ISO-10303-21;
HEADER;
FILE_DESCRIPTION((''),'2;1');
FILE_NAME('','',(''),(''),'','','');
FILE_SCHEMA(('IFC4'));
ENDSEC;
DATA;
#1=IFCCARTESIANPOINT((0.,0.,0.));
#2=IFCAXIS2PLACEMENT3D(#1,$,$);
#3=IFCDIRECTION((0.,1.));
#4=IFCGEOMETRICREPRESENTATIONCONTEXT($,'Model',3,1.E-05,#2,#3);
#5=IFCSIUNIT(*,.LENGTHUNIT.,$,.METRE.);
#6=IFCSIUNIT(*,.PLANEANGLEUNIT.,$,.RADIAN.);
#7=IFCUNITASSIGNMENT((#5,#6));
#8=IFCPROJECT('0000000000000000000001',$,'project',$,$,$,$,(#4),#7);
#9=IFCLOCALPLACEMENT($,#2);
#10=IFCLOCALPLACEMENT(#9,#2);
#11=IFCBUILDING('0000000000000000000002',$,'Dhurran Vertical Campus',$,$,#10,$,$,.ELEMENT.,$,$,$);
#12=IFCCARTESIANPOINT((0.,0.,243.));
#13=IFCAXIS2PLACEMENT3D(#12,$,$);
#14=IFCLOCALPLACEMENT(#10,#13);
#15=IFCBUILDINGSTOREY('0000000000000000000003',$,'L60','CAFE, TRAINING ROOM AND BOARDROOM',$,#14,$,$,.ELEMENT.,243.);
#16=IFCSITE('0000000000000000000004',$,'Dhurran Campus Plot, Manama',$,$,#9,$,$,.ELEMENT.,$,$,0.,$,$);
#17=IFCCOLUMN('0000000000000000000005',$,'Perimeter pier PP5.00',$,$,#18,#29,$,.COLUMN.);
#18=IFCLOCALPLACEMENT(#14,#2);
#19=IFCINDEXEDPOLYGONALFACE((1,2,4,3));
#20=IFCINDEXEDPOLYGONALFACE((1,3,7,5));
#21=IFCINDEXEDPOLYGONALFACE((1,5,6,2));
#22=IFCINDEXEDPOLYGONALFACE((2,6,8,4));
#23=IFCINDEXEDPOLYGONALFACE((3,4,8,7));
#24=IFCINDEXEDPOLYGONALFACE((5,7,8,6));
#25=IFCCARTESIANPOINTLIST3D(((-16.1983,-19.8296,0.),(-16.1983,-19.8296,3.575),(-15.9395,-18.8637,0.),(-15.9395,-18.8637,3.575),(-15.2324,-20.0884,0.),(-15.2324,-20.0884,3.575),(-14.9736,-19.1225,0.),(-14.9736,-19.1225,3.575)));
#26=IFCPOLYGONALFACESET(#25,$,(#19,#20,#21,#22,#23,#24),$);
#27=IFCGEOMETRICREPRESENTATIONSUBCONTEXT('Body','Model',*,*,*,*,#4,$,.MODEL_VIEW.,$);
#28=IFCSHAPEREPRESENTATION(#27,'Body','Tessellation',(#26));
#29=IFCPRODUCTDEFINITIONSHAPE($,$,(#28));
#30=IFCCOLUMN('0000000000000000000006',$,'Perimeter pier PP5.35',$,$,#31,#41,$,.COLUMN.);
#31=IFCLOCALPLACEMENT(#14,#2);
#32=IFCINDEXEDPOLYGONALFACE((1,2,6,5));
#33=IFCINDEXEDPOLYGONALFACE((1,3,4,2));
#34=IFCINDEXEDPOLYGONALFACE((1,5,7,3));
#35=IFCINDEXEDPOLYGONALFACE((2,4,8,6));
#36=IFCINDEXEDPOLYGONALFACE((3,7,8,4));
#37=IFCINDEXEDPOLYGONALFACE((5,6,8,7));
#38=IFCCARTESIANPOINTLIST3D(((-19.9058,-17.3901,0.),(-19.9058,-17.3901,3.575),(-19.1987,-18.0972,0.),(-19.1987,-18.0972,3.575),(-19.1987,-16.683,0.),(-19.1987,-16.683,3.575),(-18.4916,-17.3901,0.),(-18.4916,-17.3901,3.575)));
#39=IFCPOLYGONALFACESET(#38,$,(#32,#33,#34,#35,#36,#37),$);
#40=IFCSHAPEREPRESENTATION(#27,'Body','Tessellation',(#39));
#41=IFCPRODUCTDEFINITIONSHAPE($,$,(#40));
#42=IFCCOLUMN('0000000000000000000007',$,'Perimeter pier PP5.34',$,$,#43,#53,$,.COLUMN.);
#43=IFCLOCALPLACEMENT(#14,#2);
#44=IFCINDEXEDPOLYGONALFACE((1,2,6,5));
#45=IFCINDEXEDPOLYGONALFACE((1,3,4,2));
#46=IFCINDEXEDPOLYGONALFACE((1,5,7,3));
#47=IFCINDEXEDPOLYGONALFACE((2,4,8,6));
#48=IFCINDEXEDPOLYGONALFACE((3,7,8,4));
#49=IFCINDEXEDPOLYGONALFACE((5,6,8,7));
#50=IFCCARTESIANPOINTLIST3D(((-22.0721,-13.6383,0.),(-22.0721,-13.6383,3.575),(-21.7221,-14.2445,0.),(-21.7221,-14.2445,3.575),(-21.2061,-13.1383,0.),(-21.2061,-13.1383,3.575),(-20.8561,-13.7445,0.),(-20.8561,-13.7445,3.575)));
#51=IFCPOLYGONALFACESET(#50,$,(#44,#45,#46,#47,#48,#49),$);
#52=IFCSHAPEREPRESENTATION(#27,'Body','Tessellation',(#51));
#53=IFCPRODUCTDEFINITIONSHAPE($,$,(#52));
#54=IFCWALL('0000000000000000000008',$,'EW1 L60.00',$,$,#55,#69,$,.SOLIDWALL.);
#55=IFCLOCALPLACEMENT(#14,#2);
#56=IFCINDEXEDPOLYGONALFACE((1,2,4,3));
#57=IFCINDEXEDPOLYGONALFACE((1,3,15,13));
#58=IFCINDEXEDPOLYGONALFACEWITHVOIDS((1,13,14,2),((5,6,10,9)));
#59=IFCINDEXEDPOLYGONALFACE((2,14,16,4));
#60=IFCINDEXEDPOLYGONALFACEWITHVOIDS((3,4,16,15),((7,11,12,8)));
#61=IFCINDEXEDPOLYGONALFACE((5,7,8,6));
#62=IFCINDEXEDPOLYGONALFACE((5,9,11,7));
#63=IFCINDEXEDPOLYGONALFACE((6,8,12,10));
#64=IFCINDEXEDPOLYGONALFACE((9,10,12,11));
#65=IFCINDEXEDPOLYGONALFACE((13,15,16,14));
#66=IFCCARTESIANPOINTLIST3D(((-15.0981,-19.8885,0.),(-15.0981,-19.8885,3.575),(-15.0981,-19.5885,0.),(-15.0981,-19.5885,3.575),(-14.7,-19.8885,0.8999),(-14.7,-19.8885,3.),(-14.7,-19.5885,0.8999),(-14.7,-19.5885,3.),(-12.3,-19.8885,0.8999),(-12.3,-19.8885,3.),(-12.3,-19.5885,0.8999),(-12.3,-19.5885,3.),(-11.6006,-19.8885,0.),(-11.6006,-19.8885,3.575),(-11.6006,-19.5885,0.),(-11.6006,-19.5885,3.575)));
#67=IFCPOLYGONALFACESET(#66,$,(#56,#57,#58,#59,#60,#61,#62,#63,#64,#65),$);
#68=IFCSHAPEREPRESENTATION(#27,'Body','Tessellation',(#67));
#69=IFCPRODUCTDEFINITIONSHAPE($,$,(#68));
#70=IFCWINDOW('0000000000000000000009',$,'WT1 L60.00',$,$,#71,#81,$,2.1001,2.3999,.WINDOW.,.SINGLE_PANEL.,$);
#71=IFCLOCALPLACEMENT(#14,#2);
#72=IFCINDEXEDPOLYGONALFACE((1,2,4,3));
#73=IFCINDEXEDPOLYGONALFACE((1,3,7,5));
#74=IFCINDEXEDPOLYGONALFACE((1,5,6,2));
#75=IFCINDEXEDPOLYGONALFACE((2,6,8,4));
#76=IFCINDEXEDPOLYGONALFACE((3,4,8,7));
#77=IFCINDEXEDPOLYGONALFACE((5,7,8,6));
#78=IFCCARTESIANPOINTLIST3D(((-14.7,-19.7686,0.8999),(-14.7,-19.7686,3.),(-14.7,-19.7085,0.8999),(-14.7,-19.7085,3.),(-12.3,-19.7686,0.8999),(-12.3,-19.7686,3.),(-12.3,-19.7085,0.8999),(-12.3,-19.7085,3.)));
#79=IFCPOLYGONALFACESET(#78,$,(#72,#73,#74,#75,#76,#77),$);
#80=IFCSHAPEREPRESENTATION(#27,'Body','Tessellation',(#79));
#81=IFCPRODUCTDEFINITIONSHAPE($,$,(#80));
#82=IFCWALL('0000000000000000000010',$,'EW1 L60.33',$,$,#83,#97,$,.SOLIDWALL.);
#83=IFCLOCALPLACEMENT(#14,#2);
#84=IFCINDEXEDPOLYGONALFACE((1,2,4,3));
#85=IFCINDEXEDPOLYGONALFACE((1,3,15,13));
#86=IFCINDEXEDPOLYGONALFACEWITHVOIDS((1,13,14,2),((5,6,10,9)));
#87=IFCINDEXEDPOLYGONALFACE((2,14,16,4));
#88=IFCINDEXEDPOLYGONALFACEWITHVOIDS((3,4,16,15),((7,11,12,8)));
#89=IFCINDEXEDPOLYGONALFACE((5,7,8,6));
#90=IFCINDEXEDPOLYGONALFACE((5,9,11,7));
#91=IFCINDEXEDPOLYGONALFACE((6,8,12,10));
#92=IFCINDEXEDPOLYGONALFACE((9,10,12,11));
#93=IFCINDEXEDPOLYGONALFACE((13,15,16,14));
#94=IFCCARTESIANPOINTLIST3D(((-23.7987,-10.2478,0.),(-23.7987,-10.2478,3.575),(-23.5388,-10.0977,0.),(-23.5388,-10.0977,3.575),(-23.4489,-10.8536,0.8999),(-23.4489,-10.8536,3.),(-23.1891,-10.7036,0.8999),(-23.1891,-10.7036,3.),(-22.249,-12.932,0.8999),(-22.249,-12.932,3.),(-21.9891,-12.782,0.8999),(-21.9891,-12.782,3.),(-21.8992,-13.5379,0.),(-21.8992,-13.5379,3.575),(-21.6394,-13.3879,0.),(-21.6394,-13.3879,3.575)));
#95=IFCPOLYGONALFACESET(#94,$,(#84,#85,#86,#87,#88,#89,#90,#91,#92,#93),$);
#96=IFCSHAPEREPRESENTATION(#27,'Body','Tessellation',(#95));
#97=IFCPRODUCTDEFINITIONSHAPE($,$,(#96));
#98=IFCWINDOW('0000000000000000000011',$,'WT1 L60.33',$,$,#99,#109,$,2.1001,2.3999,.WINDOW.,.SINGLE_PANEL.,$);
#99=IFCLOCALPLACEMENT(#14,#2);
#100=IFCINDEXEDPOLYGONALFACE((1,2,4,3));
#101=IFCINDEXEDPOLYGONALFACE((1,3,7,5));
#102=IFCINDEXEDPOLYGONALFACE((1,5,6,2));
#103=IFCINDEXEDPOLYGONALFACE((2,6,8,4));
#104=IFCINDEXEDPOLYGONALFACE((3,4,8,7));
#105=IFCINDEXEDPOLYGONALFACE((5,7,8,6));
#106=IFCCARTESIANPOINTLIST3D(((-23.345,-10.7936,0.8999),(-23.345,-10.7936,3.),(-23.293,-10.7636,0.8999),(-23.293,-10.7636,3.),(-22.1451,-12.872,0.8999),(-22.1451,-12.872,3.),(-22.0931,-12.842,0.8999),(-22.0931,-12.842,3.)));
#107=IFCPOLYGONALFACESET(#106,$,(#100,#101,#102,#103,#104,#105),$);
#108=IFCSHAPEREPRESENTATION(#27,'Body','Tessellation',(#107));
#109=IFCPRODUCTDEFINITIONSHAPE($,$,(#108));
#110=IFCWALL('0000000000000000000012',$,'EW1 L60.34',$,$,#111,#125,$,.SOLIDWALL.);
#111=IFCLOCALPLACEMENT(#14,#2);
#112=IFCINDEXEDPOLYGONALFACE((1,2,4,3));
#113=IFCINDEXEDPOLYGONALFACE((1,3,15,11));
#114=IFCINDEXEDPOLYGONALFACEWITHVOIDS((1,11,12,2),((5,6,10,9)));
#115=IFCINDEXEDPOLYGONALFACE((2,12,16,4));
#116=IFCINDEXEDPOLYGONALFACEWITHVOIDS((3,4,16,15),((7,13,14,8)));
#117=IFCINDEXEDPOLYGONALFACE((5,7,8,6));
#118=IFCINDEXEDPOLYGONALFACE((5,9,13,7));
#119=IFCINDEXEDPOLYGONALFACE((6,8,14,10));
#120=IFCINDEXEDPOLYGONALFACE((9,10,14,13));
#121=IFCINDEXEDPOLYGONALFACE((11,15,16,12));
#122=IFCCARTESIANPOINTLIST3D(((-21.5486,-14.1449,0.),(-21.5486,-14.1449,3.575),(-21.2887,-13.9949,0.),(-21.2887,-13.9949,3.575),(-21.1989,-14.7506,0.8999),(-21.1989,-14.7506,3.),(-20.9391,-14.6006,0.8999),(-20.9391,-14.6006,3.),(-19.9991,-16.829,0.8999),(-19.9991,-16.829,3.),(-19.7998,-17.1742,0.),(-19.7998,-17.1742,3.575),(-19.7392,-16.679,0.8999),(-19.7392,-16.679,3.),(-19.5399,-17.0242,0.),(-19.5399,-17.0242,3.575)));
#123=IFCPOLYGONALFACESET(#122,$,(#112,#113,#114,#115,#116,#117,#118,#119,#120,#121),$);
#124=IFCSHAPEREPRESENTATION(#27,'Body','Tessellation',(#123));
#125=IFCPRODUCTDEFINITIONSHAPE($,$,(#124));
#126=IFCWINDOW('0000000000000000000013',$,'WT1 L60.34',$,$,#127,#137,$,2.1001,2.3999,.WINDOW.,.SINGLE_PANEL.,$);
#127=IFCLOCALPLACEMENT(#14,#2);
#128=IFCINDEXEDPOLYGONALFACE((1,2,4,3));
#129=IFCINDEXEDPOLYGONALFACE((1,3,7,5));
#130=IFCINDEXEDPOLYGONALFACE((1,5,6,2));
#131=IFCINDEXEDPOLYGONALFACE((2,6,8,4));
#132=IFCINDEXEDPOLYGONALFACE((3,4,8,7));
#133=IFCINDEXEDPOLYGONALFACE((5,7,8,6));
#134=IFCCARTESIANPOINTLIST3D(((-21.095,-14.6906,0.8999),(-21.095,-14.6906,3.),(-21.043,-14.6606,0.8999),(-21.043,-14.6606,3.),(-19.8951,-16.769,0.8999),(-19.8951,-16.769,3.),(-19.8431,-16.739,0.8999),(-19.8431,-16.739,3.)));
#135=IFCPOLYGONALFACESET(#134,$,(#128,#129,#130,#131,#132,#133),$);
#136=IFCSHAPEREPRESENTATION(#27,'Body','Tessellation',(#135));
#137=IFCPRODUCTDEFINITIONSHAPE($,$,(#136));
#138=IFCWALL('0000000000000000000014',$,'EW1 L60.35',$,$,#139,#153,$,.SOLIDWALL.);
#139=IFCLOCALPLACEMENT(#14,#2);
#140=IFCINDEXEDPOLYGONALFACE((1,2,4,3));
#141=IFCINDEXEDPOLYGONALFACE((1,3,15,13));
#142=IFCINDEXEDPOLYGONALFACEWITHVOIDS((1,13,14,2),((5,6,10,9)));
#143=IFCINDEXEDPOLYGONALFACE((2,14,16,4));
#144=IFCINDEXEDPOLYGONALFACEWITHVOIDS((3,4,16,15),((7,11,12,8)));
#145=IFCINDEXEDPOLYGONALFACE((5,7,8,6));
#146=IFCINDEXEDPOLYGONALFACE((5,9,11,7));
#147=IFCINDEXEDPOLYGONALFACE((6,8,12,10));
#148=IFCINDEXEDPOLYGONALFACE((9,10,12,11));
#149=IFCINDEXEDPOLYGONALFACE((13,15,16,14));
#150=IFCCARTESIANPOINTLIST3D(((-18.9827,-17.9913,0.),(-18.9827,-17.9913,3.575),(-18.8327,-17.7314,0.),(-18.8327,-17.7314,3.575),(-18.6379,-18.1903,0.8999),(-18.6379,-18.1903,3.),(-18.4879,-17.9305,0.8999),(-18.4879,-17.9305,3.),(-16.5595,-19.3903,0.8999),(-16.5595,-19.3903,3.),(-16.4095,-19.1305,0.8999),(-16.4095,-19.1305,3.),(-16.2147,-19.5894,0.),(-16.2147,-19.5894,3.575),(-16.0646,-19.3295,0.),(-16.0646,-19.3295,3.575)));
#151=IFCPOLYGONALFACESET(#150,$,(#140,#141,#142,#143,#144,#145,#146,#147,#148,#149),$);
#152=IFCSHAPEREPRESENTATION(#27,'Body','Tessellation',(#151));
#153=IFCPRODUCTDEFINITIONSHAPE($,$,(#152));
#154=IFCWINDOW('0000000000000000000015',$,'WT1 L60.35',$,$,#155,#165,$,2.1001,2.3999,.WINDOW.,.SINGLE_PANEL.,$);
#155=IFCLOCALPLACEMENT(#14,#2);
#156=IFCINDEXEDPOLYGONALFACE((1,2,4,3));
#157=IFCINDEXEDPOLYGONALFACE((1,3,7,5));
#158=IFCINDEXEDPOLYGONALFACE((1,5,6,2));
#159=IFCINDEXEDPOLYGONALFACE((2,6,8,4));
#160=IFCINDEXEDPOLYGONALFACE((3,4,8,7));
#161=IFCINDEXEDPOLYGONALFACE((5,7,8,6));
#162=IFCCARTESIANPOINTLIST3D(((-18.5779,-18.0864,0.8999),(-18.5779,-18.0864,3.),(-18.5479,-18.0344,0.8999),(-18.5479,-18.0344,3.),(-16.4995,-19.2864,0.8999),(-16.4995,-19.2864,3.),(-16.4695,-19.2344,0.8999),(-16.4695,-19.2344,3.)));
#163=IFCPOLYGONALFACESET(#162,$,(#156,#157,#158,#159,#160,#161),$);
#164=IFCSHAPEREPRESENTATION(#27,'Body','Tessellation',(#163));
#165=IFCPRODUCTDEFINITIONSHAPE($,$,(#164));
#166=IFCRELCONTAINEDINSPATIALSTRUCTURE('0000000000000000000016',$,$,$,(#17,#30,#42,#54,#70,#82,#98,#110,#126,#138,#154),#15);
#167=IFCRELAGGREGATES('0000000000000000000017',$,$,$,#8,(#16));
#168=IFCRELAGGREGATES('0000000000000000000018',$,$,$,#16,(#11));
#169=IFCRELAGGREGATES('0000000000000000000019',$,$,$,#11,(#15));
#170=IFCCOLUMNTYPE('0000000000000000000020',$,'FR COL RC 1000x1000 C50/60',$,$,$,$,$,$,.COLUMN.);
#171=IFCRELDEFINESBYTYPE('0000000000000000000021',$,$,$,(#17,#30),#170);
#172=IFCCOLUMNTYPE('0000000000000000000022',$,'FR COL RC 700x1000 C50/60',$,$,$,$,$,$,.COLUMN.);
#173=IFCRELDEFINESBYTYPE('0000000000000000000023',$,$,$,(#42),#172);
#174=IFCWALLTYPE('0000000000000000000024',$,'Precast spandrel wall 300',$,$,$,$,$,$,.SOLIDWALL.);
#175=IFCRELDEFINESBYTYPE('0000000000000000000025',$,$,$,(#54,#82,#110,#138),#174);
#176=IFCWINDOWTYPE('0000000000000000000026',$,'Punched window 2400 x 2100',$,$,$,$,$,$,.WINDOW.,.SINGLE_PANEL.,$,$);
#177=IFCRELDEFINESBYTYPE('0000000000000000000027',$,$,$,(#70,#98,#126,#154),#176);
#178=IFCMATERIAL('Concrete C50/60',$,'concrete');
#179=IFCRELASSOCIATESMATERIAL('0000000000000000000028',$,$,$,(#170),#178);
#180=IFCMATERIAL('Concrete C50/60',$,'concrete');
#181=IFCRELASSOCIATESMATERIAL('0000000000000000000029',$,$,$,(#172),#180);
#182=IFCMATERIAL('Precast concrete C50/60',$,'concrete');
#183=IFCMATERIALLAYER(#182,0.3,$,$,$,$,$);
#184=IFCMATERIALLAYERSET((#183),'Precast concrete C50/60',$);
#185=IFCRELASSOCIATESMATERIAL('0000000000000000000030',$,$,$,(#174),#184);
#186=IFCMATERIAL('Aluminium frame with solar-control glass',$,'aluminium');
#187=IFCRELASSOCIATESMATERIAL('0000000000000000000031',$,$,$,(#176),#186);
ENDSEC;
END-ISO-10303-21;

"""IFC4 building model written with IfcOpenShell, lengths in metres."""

from ifc_helpers import new_model, si_unit, direction, frame, frame_2d, origin, origin_2d, place, context, subcontext, project, spatial, rectangle, extrude, material, layer, layer_set, material_profile, profile_set, type_object, element, fill, save


model = new_model("IFC4")

# Units and contexts
model_context = context("Model", 3, precision=1e-05, world=origin(), true_north=direction((0.0, 1.0)))
body_context = subcontext(model_context, "Body", "Model", "MODEL_VIEW")
ifc_project = project(units=[si_unit("LENGTHUNIT", "METRE"), si_unit("PLANEANGLEUNIT", "RADIAN")], contexts=[model_context])

# Site, building, storey
site_placement = place(None, origin())
site = spatial("IfcSite", under=ifc_project, at=site_placement, Name="Dhurran Campus Plot, Manama", CompositionType="ELEMENT", RefElevation=0.0)
building_placement = place(site_placement, origin())
building = spatial("IfcBuilding", under=site, at=building_placement, Name="Dhurran Vertical Campus", CompositionType="ELEMENT")
storey_placement = place(building_placement, frame((0.0, 0.0, 243.0)))
storey = spatial("IfcBuildingStorey", under=building, at=storey_placement, Name="L60", Description="CAFE, TRAINING ROOM AND BOARDROOM", CompositionType="ELEMENT", Elevation=243.0)

# Columns
ifc_material_1 = material(Name="Concrete C50/60", Category="concrete")
ifc_material_profile_1 = material_profile(ifc_material_1, rectangle(XDim=1.0, YDim=1.0, at=origin_2d()), Name="RC 1000x1000")
ifc_profile_set_1 = profile_set([ifc_material_profile_1], Name="Concrete C50/60")
column_type_1 = type_object("IfcColumnType", Name="FR COL RC 1000x1000 C50/60", PredefinedType="COLUMN", material=ifc_profile_set_1)
for number, where, z_axis, x_axis, name in (
    (1, (-15.5859, -19.4761, 0.0), (0.0, 0.0, 1.0), (0.965926, -0.258819, 0.0), "Perimeter pier PP5.00"),
    (2, (-19.1987, -17.3901, 0.0), (0.0, 0.0, 1.0), (0.707107, -0.707107, 0.0), "Perimeter pier PP5.35"),
):
    element("IfcColumn", number, at=place(storey_placement, frame(where, z_axis=z_axis, x_axis=x_axis)), inside=storey, type_object=column_type_1, Name=name, PredefinedType="COLUMN", context=body_context, shape_type="SweptSolid", body=[
        extrude(rectangle(XDim=1.0, YDim=1.0, at=origin_2d()), origin(), (0.0, 0.0, 1.0), 3.575),
    ])
ifc_material_2 = material(Name="Concrete C50/60", Category="concrete")
ifc_material_profile_2 = material_profile(ifc_material_2, rectangle(XDim=0.7, YDim=1.0, at=origin_2d()), Name="RC 700x1000")
ifc_profile_set_2 = profile_set([ifc_material_profile_2], Name="Concrete C50/60")
column_type_2 = type_object("IfcColumnType", Name="FR COL RC 700x1000 C50/60", PredefinedType="COLUMN", material=ifc_profile_set_2)
column_placement = place(storey_placement, frame((-21.4641, -13.6914, 0.0), z_axis=(0.0, 0.0, 1.0), x_axis=(0.5, -0.866025, 0.0)))
element("IfcColumn", 3, at=column_placement, inside=storey, type_object=column_type_2, Name="Perimeter pier PP5.34", PredefinedType="COLUMN", context=body_context, shape_type="SweptSolid", body=[
    extrude(rectangle(XDim=0.7, YDim=1.0, at=origin_2d()), origin(), (0.0, 0.0, 1.0), 3.575),
])

# Walls, openings, windows
ifc_material_3 = material(Name="Precast concrete C50/60", Category="concrete")
ifc_layer_1 = layer(ifc_material_3, 0.3)
ifc_layer_set_1 = layer_set([ifc_layer_1], Name="Precast concrete C50/60")
wall_type_1 = type_object("IfcWallType", Name="Precast spandrel wall 300", PredefinedType="SOLIDWALL", material=ifc_layer_set_1)
wall_1_placement = place(storey_placement, frame((-15.0981, -19.7385, 0.0), z_axis=(0.0, 0.0, 1.0), x_axis=(1.0, 0.0, 0.0)))
wall_1 = element("IfcWall", 4, at=wall_1_placement, inside=storey, type_object=wall_type_1, Name="EW1 L60.00", PredefinedType="SOLIDWALL", context=body_context, shape_type="SweptSolid", body=[
    extrude(rectangle(XDim=3.4976, YDim=0.3, at=frame_2d((1.7488, 0.0))), origin(), (0.0, 0.0, 1.0), 3.575),
])
opening_1_placement = place(wall_1_placement, frame((0.3982, 0.0, 0.8999)))
opening_1 = element("IfcOpeningElement", 5, at=opening_1_placement, cuts=wall_1, PredefinedType="OPENING", context=body_context, shape_type="SweptSolid", body=[
    extrude(rectangle(XDim=2.3999, YDim=2.1001, at=frame_2d((1.2, 1.05))), frame((0.0, 0.1599, 0.0), z_axis=(0.0, -1.0, 0.0), x_axis=(1.0, 0.0, 0.0)), (0.0, 0.0, 1.0), 0.3201),
])
ifc_material_4 = material(Name="Aluminium frame with solar-control glass", Category="aluminium")
window_type = type_object("IfcWindowType", Name="Punched window 2400 x 2100", PartitioningType="SINGLE_PANEL", PredefinedType="WINDOW", material=ifc_material_4)
window_1_placement = place(opening_1_placement, origin())
window_1 = element("IfcWindow", 6, at=window_1_placement, inside=storey, type_object=window_type, Name="WT1 L60.00", OverallHeight=2.1001, OverallWidth=2.3999, PartitioningType="SINGLE_PANEL", PredefinedType="WINDOW", context=body_context, shape_type="SweptSolid", body=[
    extrude(rectangle(XDim=2.3999, YDim=2.1001, at=frame_2d((1.2, 1.05))), frame((0.0, 0.03, 0.0), z_axis=(0.0, -1.0, 0.0), x_axis=(1.0, 0.0, 0.0)), (0.0, 0.0, 1.0), 0.0601),
])
fill(opening_1, window_1)
wall_2_placement = place(storey_placement, frame((-23.6687, -10.1729, 0.0), z_axis=(0.0, 0.0, 1.0), x_axis=(0.499982, -0.866036, 0.0)))
wall_2 = element("IfcWall", 7, at=wall_2_placement, inside=storey, type_object=wall_type_1, Name="EW1 L60.33", PredefinedType="SOLIDWALL", context=body_context, shape_type="SweptSolid", body=[
    extrude(rectangle(XDim=3.7991, YDim=0.3, at=frame_2d((1.8994, 0.0))), origin(), (0.0, 0.0, 1.0), 3.575),
])
opening_2_placement = place(wall_2_placement, frame((0.6995, 0.0, 0.8999)))
opening_2 = element("IfcOpeningElement", 8, at=opening_2_placement, cuts=wall_2, PredefinedType="OPENING", context=body_context, shape_type="SweptSolid", body=[
    extrude(rectangle(XDim=2.3999, YDim=2.1001, at=frame_2d((1.2, 1.05))), frame((0.0, 0.1599, 0.0), z_axis=(0.0, -1.0, 0.0), x_axis=(1.0, 0.0, 0.0)), (0.0, 0.0, 1.0), 0.3201),
])
window_2_placement = place(opening_2_placement, origin())
window_2 = element("IfcWindow", 9, at=window_2_placement, inside=storey, type_object=window_type, Name="WT1 L60.33", OverallHeight=2.1001, OverallWidth=2.3999, PartitioningType="SINGLE_PANEL", PredefinedType="WINDOW", context=body_context, shape_type="SweptSolid", body=[
    extrude(rectangle(XDim=2.3999, YDim=2.1001, at=frame_2d((1.2, 1.05))), frame((0.0, 0.03, 0.0), z_axis=(0.0, -1.0, 0.0), x_axis=(1.0, 0.0, 0.0)), (0.0, 0.0, 1.0), 0.0601),
])
fill(opening_2, window_2)
wall_3_placement = place(storey_placement, frame((-21.4187, -14.0698, 0.0), z_axis=(0.0, 0.0, 1.0), x_axis=(0.49996, -0.866048, 0.0)))
wall_3 = element("IfcWall", 10, at=wall_3_placement, inside=storey, type_object=wall_type_1, Name="EW1 L60.34", PredefinedType="SOLIDWALL", context=body_context, shape_type="SweptSolid", body=[
    extrude(rectangle(XDim=3.4978, YDim=0.3, at=frame_2d((1.749, 0.0))), origin(), (0.0, 0.0, 1.0), 3.575),
])
opening_3_placement = place(wall_3_placement, frame((0.6995, 0.0, 0.8999)))
opening_3 = element("IfcOpeningElement", 11, at=opening_3_placement, cuts=wall_3, PredefinedType="OPENING", context=body_context, shape_type="SweptSolid", body=[
    extrude(rectangle(XDim=2.3999, YDim=2.1001, at=frame_2d((1.2, 1.05))), frame((0.0, 0.1599, 0.0), z_axis=(0.0, -1.0, 0.0), x_axis=(1.0, 0.0, 0.0)), (0.0, 0.0, 1.0), 0.3201),
])
window_3_placement = place(opening_3_placement, origin())
window_3 = element("IfcWindow", 12, at=window_3_placement, inside=storey, type_object=window_type, Name="WT1 L60.34", OverallHeight=2.1001, OverallWidth=2.3999, PartitioningType="SINGLE_PANEL", PredefinedType="WINDOW", context=body_context, shape_type="SweptSolid", body=[
    extrude(rectangle(XDim=2.3999, YDim=2.1001, at=frame_2d((1.2, 1.05))), frame((0.0, 0.03, 0.0), z_axis=(0.0, -1.0, 0.0), x_axis=(1.0, 0.0, 0.0)), (0.0, 0.0, 1.0), 0.0601),
])
fill(opening_3, window_3)
wall_4_placement = place(storey_placement, frame((-18.9077, -17.8613, 0.0), z_axis=(0.0, 0.0, 1.0), x_axis=(0.866025, -0.5, 0.0)))
wall_4 = element("IfcWall", 13, at=wall_4_placement, inside=storey, type_object=wall_type_1, Name="EW1 L60.35", PredefinedType="SOLIDWALL", context=body_context, shape_type="SweptSolid", body=[
    extrude(rectangle(XDim=3.1963, YDim=0.3, at=frame_2d((1.5981, 0.0))), origin(), (0.0, 0.0, 1.0), 3.575),
])
opening_4_placement = place(wall_4_placement, frame((0.3982, 0.0, 0.8999)))
opening_4 = element("IfcOpeningElement", 14, at=opening_4_placement, cuts=wall_4, PredefinedType="OPENING", context=body_context, shape_type="SweptSolid", body=[
    extrude(rectangle(XDim=2.3999, YDim=2.1001, at=frame_2d((1.2, 1.05))), frame((0.0, 0.1599, 0.0), z_axis=(0.0, -1.0, 0.0), x_axis=(1.0, 0.0, 0.0)), (0.0, 0.0, 1.0), 0.3201),
])
window_4_placement = place(opening_4_placement, origin())
window_4 = element("IfcWindow", 15, at=window_4_placement, inside=storey, type_object=window_type, Name="WT1 L60.35", OverallHeight=2.1001, OverallWidth=2.3999, PartitioningType="SINGLE_PANEL", PredefinedType="WINDOW", context=body_context, shape_type="SweptSolid", body=[
    extrude(rectangle(XDim=2.3999, YDim=2.1001, at=frame_2d((1.2, 1.05))), frame((0.0, 0.03, 0.0), z_axis=(0.0, -1.0, 0.0), x_axis=(1.0, 0.0, 0.0)), (0.0, 0.0, 1.0), 0.0601),
])
fill(opening_4, window_4)

save(model, "model.ifc")
